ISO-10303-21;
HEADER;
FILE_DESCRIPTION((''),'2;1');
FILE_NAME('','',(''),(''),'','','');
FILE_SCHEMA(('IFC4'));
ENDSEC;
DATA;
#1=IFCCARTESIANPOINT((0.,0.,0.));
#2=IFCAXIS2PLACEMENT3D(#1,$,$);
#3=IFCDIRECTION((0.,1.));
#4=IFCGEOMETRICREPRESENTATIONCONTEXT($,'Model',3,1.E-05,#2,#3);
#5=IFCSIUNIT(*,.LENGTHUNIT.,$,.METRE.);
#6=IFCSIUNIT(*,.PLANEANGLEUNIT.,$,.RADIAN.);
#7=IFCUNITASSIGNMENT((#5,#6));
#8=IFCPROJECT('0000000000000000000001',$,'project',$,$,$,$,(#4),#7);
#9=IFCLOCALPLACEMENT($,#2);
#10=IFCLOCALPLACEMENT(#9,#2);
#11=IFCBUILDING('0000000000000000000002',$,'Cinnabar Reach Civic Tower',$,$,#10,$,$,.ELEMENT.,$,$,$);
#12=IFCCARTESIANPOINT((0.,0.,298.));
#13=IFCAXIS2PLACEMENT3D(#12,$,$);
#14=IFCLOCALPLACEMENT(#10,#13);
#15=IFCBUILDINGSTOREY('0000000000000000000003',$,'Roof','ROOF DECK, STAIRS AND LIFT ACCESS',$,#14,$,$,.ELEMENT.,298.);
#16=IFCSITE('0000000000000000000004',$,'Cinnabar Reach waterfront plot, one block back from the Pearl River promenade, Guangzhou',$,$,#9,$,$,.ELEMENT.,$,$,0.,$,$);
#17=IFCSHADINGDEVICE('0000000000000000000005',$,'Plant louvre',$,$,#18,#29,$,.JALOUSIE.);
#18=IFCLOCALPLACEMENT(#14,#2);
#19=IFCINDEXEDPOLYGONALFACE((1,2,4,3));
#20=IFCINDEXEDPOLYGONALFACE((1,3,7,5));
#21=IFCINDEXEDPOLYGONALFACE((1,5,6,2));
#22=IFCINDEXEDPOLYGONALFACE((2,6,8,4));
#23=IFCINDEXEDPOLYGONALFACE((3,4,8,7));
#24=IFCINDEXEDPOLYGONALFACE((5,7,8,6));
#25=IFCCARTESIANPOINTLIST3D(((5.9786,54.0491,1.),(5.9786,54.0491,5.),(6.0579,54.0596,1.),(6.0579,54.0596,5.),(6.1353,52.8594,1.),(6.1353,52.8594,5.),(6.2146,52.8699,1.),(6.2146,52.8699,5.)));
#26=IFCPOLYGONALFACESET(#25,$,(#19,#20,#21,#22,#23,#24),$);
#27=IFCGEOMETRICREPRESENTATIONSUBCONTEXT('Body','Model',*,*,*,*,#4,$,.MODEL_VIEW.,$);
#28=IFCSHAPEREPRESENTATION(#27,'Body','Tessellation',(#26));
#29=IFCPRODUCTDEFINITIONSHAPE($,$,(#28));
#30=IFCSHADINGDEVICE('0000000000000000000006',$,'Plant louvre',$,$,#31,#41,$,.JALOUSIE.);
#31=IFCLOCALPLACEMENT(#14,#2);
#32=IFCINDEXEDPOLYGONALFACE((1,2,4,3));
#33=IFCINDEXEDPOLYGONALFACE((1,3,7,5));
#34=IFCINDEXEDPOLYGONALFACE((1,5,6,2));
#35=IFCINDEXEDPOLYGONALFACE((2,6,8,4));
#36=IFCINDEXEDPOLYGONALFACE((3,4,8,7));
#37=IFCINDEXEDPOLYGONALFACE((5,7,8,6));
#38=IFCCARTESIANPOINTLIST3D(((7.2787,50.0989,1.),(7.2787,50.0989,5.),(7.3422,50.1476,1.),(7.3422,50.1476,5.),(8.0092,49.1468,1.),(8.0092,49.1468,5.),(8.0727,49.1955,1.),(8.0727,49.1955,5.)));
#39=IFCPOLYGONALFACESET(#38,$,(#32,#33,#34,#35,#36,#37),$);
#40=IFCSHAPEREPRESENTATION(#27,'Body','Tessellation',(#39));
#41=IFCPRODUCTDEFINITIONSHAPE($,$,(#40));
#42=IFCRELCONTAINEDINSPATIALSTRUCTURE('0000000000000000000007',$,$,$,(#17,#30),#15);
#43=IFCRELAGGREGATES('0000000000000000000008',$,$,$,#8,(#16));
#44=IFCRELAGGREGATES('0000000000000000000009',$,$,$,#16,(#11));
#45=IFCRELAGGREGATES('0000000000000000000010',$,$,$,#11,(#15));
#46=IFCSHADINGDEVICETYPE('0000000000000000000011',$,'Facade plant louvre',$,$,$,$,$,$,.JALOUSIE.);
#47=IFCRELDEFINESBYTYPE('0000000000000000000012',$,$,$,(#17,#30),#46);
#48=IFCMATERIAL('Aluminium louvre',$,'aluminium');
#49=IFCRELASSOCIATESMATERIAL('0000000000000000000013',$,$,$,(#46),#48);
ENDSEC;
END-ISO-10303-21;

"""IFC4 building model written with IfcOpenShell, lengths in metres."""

from ifc_helpers import new_model, si_unit, direction, frame, origin, origin_2d, place, context, subcontext, project, spatial, rectangle, extrude, material, type_object, element, save


model = new_model("IFC4")

# Units and contexts
model_context = context("Model", 3, precision=1e-05, world=origin(), true_north=direction((0.0, 1.0)))
body_context = subcontext(model_context, "Body", "Model", "MODEL_VIEW")
ifc_project = project(units=[si_unit("LENGTHUNIT", "METRE"), si_unit("PLANEANGLEUNIT", "RADIAN")], contexts=[model_context])

# Site, building, storey
site_placement = place(None, origin())
site = spatial("IfcSite", under=ifc_project, at=site_placement, Name="Cinnabar Reach waterfront plot, one block back from the Pearl River promenade, Guangzhou", CompositionType="ELEMENT", RefElevation=0.0)
building_placement = place(site_placement, origin())
building = spatial("IfcBuilding", under=site, at=building_placement, Name="Cinnabar Reach Civic Tower", CompositionType="ELEMENT")
storey_placement = place(building_placement, frame((0.0, 0.0, 298.0)))
storey = spatial("IfcBuildingStorey", under=building, at=storey_placement, Name="Roof", Description="ROOF DECK, STAIRS AND LIFT ACCESS", CompositionType="ELEMENT", Elevation=298.0)

# Shading devices
ifc_material_1 = material(Name="Aluminium louvre", Category="aluminium")
shading_device_type = type_object("IfcShadingDeviceType", Name="Facade plant louvre", PredefinedType="JALOUSIE", material=ifc_material_1)
for number, where, z_axis, x_axis, name in (
    (1, (6.0966, 53.4595, 1.0), (0.0, 0.0, 1.0), (0.130526, -0.991445, 0.0), "Plant louvre"),
    (2, (7.6757, 49.6472, 1.0), (0.0, 0.0, 1.0), (0.608761, -0.793353, 0.0), "Plant louvre"),
):
    element("IfcShadingDevice", number, at=place(storey_placement, frame(where, z_axis=z_axis, x_axis=x_axis)), inside=storey, type_object=shading_device_type, Name=name, PredefinedType="JALOUSIE", context=body_context, shape_type="SweptSolid", body=[
        extrude(rectangle(XDim=1.2, YDim=0.08, at=origin_2d()), origin(), (0.0, 0.0, 1.0), 4.0),
    ])

save(model, "model.ifc")
